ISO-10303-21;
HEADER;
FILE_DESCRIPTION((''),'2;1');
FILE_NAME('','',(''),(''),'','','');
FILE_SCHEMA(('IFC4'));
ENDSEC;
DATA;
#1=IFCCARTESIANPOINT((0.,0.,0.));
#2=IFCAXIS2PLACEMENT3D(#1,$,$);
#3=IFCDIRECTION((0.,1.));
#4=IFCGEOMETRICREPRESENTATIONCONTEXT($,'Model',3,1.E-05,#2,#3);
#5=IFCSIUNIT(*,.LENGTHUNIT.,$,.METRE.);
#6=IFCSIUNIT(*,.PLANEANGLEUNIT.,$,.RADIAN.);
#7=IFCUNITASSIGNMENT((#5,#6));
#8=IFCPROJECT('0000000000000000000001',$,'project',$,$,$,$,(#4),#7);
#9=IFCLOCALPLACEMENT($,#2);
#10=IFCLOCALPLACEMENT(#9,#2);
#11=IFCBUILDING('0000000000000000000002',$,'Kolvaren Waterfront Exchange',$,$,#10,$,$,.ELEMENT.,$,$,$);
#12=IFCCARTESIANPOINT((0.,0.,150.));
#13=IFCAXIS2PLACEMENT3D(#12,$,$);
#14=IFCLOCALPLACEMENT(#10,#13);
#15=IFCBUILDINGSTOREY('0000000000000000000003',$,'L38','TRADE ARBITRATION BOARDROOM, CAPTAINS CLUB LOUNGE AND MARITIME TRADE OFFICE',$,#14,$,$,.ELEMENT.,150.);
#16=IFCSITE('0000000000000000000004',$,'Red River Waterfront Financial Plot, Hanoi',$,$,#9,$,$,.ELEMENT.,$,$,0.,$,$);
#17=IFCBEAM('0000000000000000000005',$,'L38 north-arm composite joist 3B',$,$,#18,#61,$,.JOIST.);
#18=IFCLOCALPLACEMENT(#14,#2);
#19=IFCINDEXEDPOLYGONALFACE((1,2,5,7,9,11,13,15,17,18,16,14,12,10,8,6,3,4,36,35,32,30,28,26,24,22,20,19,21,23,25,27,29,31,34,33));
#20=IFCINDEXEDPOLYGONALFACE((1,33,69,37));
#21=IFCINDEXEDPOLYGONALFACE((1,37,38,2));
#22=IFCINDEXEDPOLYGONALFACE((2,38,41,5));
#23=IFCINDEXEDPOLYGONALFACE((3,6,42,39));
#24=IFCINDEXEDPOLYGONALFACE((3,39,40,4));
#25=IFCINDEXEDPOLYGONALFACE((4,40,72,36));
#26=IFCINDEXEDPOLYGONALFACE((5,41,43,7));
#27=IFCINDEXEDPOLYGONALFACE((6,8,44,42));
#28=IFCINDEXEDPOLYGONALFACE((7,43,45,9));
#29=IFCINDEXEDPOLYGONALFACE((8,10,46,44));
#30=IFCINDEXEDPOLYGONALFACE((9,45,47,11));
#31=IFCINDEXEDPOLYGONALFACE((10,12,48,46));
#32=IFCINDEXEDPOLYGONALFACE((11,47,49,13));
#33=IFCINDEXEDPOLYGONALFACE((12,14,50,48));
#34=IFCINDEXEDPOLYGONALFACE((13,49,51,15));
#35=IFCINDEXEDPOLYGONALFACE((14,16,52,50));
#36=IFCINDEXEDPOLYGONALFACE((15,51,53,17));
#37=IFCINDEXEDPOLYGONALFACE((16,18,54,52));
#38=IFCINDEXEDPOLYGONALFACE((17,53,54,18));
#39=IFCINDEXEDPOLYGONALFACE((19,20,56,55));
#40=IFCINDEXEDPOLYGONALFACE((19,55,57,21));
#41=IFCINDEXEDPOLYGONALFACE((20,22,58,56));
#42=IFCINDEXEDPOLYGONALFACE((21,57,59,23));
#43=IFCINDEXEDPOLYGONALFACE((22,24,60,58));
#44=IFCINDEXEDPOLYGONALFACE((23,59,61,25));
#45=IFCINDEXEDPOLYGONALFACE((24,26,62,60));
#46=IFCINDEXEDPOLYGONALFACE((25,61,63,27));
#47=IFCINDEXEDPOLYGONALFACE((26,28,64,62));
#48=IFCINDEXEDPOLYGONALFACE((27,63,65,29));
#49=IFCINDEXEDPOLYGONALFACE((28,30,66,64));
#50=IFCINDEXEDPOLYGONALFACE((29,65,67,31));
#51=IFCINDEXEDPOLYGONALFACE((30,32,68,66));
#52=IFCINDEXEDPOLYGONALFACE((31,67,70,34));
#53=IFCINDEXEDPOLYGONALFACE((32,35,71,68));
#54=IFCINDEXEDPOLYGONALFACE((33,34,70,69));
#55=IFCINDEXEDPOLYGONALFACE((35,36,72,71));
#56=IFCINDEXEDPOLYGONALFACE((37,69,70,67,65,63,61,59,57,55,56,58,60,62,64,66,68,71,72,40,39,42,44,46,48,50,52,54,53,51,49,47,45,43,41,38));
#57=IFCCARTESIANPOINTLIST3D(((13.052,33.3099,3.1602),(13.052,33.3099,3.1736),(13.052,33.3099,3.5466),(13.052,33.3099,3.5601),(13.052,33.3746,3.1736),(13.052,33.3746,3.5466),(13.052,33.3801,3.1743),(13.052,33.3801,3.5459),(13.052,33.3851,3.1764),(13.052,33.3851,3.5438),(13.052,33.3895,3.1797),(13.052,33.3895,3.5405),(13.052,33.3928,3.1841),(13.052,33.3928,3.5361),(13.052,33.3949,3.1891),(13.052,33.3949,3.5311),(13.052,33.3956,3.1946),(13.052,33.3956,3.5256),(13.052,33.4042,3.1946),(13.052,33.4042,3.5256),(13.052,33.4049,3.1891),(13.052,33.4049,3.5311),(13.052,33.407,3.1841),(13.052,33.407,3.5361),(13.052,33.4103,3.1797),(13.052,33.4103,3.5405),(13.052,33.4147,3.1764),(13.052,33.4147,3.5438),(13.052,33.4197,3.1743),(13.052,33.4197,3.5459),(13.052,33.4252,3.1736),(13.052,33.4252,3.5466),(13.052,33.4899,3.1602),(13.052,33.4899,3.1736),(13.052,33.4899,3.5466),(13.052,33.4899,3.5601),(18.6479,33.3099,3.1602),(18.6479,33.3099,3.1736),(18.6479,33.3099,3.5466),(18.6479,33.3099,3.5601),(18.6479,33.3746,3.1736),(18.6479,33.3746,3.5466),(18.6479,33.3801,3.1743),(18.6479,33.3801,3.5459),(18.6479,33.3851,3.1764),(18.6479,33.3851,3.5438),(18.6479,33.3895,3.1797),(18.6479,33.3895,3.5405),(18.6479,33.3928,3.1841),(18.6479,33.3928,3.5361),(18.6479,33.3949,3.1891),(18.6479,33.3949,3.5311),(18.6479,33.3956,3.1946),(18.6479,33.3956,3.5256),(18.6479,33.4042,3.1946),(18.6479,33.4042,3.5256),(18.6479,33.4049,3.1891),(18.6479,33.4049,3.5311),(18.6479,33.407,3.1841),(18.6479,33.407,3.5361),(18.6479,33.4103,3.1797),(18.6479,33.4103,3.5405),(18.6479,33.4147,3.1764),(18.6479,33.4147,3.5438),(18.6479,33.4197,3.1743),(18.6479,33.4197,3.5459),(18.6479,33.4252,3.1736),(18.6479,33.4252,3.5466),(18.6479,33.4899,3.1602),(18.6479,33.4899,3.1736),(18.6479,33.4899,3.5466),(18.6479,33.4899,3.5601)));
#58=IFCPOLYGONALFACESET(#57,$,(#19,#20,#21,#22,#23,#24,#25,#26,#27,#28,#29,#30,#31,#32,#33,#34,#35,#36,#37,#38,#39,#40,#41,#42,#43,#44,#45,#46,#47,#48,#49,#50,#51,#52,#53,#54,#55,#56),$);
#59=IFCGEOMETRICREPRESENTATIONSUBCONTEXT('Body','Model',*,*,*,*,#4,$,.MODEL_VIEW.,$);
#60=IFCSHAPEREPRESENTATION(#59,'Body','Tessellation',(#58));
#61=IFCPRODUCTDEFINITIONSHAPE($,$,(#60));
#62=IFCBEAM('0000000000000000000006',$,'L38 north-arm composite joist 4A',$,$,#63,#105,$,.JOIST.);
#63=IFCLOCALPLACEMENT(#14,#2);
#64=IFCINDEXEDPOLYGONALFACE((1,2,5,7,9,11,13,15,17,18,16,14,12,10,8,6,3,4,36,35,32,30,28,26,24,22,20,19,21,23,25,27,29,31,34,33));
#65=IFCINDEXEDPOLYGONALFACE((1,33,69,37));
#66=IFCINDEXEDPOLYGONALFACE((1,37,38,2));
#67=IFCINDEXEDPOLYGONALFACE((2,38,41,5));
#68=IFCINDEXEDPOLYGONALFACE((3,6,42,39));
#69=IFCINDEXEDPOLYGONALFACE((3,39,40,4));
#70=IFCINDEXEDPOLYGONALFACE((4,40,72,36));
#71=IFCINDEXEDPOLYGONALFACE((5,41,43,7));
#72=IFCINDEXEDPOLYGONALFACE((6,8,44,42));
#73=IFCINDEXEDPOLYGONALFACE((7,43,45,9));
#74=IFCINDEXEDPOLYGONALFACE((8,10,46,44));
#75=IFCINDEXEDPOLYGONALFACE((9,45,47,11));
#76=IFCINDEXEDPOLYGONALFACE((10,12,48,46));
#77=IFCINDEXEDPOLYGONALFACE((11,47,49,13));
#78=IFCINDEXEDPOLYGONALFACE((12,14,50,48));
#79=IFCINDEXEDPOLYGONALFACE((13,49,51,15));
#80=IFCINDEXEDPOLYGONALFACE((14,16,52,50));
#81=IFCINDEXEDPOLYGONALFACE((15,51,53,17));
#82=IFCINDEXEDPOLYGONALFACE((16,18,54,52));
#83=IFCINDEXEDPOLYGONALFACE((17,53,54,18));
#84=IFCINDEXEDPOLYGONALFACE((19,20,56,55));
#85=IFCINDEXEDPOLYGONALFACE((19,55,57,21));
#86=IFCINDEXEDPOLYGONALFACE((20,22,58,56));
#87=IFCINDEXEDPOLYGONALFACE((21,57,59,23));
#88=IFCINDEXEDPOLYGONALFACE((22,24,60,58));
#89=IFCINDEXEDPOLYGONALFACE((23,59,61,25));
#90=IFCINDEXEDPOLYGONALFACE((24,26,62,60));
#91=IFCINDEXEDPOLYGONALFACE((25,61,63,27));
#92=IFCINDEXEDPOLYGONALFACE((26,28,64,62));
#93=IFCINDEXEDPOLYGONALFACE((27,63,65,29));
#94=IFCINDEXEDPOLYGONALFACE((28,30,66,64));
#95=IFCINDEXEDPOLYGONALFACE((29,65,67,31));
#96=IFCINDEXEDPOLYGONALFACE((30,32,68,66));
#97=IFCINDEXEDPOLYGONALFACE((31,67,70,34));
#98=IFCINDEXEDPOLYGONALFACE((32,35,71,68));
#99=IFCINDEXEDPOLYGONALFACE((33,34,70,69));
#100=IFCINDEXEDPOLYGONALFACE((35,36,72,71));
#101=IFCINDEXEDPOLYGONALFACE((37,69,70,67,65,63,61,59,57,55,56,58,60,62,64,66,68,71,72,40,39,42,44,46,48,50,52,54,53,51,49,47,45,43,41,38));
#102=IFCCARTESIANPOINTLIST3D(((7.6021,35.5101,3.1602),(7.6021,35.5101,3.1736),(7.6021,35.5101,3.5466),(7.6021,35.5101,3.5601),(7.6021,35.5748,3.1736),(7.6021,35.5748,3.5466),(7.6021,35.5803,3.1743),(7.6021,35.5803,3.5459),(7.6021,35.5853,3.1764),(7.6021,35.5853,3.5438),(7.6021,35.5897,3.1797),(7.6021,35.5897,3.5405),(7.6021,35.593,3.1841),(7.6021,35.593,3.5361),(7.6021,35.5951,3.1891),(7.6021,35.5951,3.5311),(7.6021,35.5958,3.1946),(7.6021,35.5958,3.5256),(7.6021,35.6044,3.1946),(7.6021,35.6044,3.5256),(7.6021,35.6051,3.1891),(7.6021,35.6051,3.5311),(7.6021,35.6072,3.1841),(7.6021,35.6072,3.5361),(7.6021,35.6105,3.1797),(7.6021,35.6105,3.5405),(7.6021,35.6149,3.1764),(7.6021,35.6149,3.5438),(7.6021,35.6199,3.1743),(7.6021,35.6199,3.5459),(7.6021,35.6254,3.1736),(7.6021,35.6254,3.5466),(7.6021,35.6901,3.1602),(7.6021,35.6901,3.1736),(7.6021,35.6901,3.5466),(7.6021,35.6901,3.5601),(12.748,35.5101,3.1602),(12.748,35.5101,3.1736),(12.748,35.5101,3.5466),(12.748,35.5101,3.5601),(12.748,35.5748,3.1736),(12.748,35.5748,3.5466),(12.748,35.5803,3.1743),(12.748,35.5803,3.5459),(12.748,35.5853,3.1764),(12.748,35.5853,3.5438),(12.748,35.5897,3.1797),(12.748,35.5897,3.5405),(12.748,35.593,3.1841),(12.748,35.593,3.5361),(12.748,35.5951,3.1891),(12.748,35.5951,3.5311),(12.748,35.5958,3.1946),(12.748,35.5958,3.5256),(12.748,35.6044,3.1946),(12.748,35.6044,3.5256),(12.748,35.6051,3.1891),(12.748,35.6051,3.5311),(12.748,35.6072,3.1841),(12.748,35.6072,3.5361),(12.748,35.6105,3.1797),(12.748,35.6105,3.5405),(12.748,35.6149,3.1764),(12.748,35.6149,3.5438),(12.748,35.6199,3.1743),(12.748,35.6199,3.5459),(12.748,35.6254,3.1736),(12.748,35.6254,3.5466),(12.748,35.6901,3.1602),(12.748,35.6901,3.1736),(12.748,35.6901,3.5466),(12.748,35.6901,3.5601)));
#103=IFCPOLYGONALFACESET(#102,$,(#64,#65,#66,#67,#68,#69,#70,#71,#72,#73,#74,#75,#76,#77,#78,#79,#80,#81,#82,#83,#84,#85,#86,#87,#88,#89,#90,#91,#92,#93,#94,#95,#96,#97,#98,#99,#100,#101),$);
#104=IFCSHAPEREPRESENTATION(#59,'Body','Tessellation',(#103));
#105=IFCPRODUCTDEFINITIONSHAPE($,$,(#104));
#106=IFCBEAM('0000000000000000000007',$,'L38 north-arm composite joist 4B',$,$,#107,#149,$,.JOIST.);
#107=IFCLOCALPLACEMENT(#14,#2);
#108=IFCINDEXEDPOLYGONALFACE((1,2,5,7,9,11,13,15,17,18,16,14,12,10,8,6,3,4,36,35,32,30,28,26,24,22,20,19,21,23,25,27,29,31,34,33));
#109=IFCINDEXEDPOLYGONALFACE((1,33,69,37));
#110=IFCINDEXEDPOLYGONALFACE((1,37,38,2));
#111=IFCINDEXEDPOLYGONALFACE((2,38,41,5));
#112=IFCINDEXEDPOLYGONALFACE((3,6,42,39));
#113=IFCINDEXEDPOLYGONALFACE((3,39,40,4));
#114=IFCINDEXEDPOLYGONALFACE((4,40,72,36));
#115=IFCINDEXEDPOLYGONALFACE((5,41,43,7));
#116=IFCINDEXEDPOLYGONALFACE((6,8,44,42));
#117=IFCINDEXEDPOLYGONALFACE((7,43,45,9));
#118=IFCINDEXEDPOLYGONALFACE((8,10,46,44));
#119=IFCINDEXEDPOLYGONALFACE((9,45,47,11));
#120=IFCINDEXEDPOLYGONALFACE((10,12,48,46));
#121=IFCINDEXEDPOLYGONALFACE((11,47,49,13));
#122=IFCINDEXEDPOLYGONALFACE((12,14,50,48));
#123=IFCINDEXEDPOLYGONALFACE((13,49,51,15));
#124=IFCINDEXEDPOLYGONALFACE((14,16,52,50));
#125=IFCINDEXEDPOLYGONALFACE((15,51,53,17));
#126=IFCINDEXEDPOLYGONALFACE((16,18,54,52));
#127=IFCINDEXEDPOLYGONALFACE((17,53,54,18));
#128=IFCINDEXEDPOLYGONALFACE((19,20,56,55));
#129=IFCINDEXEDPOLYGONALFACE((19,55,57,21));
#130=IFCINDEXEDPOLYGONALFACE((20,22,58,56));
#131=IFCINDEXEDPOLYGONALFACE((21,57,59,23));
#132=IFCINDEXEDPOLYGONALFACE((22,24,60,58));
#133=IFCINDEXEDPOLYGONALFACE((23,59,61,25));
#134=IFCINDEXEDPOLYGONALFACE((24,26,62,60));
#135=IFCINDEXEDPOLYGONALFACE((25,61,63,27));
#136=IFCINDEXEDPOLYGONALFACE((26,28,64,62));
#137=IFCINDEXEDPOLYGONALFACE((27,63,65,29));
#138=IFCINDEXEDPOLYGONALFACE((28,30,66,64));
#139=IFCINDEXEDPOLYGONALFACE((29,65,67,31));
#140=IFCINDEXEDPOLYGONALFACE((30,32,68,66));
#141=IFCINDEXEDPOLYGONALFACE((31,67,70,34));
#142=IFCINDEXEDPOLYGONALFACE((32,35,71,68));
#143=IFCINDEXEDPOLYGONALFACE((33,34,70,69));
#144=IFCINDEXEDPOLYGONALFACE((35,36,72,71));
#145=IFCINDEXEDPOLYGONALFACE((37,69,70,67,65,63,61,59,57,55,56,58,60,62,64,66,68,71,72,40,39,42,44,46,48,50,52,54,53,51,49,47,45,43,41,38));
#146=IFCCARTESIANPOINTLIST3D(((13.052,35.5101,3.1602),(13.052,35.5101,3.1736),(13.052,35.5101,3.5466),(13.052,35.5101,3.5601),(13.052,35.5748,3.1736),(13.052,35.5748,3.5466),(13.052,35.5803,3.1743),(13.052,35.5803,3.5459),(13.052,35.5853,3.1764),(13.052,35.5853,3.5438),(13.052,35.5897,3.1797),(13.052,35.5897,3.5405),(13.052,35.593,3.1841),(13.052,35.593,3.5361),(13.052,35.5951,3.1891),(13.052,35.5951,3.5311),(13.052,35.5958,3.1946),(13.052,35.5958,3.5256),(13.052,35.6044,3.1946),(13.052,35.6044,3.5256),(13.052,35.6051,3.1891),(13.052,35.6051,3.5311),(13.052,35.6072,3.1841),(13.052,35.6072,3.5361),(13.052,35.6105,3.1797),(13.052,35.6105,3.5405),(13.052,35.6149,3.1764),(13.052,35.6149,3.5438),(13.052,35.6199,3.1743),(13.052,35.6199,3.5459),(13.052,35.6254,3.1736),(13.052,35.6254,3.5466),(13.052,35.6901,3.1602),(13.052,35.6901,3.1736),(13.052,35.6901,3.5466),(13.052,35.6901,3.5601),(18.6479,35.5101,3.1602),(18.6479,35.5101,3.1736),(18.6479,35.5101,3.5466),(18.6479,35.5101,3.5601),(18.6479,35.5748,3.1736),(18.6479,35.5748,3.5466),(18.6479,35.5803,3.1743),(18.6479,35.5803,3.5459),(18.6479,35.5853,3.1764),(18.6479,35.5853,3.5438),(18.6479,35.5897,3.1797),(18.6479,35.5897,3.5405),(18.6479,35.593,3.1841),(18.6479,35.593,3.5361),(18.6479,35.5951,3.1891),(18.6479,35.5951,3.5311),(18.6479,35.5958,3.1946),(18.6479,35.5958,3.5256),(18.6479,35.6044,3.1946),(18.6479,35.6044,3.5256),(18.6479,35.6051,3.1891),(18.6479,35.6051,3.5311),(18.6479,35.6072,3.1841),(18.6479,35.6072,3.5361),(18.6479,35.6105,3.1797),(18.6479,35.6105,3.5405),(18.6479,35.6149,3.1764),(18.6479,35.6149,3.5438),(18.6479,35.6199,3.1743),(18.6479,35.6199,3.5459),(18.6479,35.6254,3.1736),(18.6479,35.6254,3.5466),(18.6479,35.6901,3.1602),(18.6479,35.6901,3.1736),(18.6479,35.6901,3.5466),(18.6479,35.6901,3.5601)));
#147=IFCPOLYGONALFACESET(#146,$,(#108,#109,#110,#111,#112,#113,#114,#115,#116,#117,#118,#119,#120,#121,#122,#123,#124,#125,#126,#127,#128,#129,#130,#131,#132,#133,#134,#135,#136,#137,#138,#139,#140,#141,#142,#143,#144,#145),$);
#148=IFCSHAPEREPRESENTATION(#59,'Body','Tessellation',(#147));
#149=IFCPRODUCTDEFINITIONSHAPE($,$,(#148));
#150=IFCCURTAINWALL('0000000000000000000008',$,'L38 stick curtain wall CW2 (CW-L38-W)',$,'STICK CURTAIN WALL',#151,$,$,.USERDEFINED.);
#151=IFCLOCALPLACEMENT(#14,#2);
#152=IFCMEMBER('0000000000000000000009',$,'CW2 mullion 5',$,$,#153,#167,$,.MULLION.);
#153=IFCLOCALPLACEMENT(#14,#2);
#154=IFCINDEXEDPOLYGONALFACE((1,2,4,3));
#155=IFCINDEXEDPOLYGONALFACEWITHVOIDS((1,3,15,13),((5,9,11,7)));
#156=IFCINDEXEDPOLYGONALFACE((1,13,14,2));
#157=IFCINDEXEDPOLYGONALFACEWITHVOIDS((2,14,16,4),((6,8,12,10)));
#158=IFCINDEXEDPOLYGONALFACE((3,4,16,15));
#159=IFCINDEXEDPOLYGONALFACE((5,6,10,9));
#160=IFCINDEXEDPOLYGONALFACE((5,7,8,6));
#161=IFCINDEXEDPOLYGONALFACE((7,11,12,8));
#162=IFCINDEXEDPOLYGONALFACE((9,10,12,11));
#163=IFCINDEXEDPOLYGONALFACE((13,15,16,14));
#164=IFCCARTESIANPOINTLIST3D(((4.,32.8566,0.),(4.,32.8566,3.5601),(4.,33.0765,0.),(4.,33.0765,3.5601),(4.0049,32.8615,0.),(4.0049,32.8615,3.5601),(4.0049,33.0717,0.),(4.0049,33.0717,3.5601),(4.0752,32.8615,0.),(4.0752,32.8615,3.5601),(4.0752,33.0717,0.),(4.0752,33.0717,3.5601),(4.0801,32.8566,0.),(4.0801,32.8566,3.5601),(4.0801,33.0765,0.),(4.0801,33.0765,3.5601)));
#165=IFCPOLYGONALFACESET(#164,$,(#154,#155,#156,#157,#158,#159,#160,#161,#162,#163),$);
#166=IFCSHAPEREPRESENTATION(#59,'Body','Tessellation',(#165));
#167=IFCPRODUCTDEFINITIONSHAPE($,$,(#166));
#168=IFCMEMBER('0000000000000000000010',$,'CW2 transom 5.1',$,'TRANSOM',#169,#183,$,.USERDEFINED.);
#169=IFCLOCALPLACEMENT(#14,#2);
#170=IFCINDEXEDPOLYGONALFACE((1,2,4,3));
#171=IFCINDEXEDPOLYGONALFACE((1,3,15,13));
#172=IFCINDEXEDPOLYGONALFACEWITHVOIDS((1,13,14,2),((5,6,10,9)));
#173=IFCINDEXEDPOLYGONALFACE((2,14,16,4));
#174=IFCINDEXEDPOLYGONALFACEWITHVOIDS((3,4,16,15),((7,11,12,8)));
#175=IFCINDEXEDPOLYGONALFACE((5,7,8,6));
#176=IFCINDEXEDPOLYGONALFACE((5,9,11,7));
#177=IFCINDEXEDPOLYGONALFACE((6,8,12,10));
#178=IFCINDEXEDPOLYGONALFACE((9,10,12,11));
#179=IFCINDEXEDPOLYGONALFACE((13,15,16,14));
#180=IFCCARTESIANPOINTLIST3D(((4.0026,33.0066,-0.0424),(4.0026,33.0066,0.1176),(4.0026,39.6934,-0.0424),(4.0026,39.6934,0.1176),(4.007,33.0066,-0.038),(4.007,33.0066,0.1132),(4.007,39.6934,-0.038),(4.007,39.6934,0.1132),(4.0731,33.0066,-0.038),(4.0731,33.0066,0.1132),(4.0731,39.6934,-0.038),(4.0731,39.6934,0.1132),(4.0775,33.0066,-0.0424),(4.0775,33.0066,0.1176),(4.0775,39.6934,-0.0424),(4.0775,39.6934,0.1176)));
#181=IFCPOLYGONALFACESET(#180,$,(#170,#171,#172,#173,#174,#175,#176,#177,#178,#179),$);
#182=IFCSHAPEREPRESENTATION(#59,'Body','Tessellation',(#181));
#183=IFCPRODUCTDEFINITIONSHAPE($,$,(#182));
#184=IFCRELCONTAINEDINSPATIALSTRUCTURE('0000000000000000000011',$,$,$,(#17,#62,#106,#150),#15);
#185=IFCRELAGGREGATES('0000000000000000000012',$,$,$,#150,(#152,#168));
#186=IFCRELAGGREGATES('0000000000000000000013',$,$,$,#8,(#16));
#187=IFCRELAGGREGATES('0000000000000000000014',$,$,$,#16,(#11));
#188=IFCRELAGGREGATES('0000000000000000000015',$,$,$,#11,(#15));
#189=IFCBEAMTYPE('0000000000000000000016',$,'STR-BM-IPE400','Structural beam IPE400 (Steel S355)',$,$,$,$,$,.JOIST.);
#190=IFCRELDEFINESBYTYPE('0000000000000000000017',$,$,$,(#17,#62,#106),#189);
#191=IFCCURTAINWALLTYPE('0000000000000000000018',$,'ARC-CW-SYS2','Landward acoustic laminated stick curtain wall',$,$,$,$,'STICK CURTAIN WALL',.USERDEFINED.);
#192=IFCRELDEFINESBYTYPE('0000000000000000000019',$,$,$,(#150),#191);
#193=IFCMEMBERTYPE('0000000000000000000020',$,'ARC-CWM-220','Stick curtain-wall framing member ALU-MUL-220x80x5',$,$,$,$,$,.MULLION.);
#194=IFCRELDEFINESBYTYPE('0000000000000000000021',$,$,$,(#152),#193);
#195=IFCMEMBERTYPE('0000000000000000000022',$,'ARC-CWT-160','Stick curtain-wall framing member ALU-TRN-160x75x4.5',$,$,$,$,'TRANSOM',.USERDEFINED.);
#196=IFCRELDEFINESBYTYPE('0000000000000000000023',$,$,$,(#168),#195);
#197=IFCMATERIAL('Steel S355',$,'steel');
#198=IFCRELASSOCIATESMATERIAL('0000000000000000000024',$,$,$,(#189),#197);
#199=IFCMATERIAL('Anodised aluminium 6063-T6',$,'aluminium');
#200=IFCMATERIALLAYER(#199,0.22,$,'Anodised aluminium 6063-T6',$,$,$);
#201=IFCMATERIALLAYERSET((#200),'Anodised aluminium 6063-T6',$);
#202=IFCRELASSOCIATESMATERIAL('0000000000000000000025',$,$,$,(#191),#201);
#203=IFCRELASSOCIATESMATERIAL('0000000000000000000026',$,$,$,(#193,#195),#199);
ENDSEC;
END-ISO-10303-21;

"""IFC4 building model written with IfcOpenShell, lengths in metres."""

from ifc_helpers import new_model, si_unit, direction, frame, origin, origin_with_axes, origin_2d, place, context, subcontext, project, spatial, hollow_rectangle, i_section, extrude, source, transform, mapped, material, layer, layer_set, material_profile, profile_set, type_object, element, aggregate, save


model = new_model("IFC4")

# Units and contexts
model_context = context("Model", 3, precision=1e-05, world=origin(), true_north=direction((0.0, 1.0)))
body_context = subcontext(model_context, "Body", "Model", "MODEL_VIEW")
ifc_project = project(units=[si_unit("LENGTHUNIT", "METRE"), si_unit("PLANEANGLEUNIT", "RADIAN")], contexts=[model_context])

# Site, building, storey
site_placement = place(None, origin())
site = spatial("IfcSite", under=ifc_project, at=site_placement, Name="Red River Waterfront Financial Plot, Hanoi", CompositionType="ELEMENT", RefElevation=0.0)
building_placement = place(site_placement, origin())
building = spatial("IfcBuilding", under=site, at=building_placement, Name="Kolvaren Waterfront Exchange", CompositionType="ELEMENT")
storey_placement = place(building_placement, frame((0.0, 0.0, 150.0)))
storey = spatial("IfcBuildingStorey", under=building, at=storey_placement, Name="L38", Description="TRADE ARBITRATION BOARDROOM, CAPTAINS CLUB LOUNGE AND MARITIME TRADE OFFICE", CompositionType="ELEMENT", Elevation=150.0)

# Beams
ifc_material_1 = material(Name="Steel S355", Category="steel")
ifc_material_profile_1 = material_profile(ifc_material_1, i_section(OverallWidth=0.1799, OverallDepth=0.3999, WebThickness=0.0085, FlangeThickness=0.0134, FilletRadius=0.021, at=origin_2d()), Name="IPE400")
ifc_profile_set_1 = profile_set([ifc_material_profile_1], Name="Steel S355")
beam_type_1 = type_object("IfcBeamType", Name="STR-BM-IPE400", Description="Structural beam IPE400 (Steel S355)", PredefinedType="JOIST", material=ifc_profile_set_1)
beam_1_placement = place(storey_placement, frame((13.052, 33.3999, 3.3601), z_axis=(1.0, 0.0, 0.0), x_axis=(0.0, 1.0, 0.0)))
element("IfcBeam", 1, at=beam_1_placement, inside=storey, type_object=beam_type_1, Name="L38 north-arm composite joist 3B", PredefinedType="JOIST", context=body_context, shape_type="SweptSolid", body=[
    extrude(i_section(OverallWidth=0.1799, OverallDepth=0.3999, WebThickness=0.0085, FlangeThickness=0.0134, FilletRadius=0.021, at=origin_2d()), origin(), (0.0, 0.0, 1.0), 5.5959),
])
beam_2_placement = place(storey_placement, frame((7.6021, 35.6001, 3.3601), z_axis=(1.0, 0.0, 0.0), x_axis=(0.0, 1.0, 0.0)))
element("IfcBeam", 2, at=beam_2_placement, inside=storey, type_object=beam_type_1, Name="L38 north-arm composite joist 4A", PredefinedType="JOIST", context=body_context, shape_type="SweptSolid", body=[
    extrude(i_section(OverallWidth=0.1799, OverallDepth=0.3999, WebThickness=0.0085, FlangeThickness=0.0134, FilletRadius=0.021, at=origin_2d()), origin(), (0.0, 0.0, 1.0), 5.146),
])
beam_3_placement = place(storey_placement, frame((13.052, 35.6001, 3.3601), z_axis=(1.0, 0.0, 0.0), x_axis=(0.0, 1.0, 0.0)))
element("IfcBeam", 3, at=beam_3_placement, inside=storey, type_object=beam_type_1, Name="L38 north-arm composite joist 4B", PredefinedType="JOIST", context=body_context, shape_type="SweptSolid", body=[
    extrude(i_section(OverallWidth=0.1799, OverallDepth=0.3999, WebThickness=0.0085, FlangeThickness=0.0134, FilletRadius=0.021, at=origin_2d()), origin(), (0.0, 0.0, 1.0), 5.5959),
])

# Curtain wall, members
ifc_material_2 = material(Name="Anodised aluminium 6063-T6", Category="aluminium")
ifc_layer_1 = layer(ifc_material_2, 0.22, Name="Anodised aluminium 6063-T6")
ifc_layer_set_1 = layer_set([ifc_layer_1], Name="Anodised aluminium 6063-T6")
curtain_wall_type = type_object("IfcCurtainWallType", Name="ARC-CW-SYS2", Description="Landward acoustic laminated stick curtain wall", ElementType="STICK CURTAIN WALL", PredefinedType="USERDEFINED", material=ifc_layer_set_1)
curtain_wall_placement = place(storey_placement, origin())
curtain_wall = element("IfcCurtainWall", 4, at=curtain_wall_placement, inside=storey, type_object=curtain_wall_type, Name="L38 stick curtain wall CW2 (CW-L38-W)", ObjectType="STICK CURTAIN WALL", PredefinedType="USERDEFINED")
ifc_material_profile_2 = material_profile(ifc_material_2, hollow_rectangle(XDim=0.0801, YDim=0.22, WallThickness=0.0049, at=origin_2d()), Name="ALU-MUL-220x80x5")
ifc_profile_set_2 = profile_set([ifc_material_profile_2], Name="Anodised aluminium 6063-T6")
member_type_1 = type_object("IfcMemberType", Name="ARC-CWM-220", Description="Stick curtain-wall framing member ALU-MUL-220x80x5", PredefinedType="MULLION", material=ifc_profile_set_2)
shared_shape_1 = source(origin_with_axes(), body_context, "Body", "SweptSolid", [
    extrude(hollow_rectangle(XDim=0.0801, YDim=0.22, WallThickness=0.0049, at=origin_2d()), origin(), (0.0, 0.0, 1.0), 3.5601),
])
member_1_placement = place(storey_placement, frame((4.04, 32.9666, 0.0), z_axis=(0.0, 0.0, 1.0), x_axis=(-1.0, 0.0, 0.0)))
member_1 = element("IfcMember", 5, at=member_1_placement, type_object=member_type_1, Name="CW2 mullion 5", PredefinedType="MULLION", context=body_context, shape_type="MappedRepresentation", body=[
    mapped(shared_shape_1, transform((0.0, 0.0, 0.0), x_axis=(1.0, 0.0, 0.0), y_axis=(0.0, 1.0, 0.0), z_axis=(0.0, 0.0, 1.0), scale=1.0)),
])
ifc_material_profile_3 = material_profile(ifc_material_2, hollow_rectangle(XDim=0.075, YDim=0.1599, WallThickness=0.0044, at=origin_2d()), Name="ALU-TRN-160x75x4.5")
ifc_profile_set_3 = profile_set([ifc_material_profile_3], Name="Anodised aluminium 6063-T6")
member_type_2 = type_object("IfcMemberType", Name="ARC-CWT-160", Description="Stick curtain-wall framing member ALU-TRN-160x75x4.5", ElementType="TRANSOM", PredefinedType="USERDEFINED", material=ifc_profile_set_3)
shared_shape_2 = source(origin_with_axes(), body_context, "Body", "SweptSolid", [
    extrude(hollow_rectangle(XDim=0.075, YDim=0.1599, WallThickness=0.0044, at=origin_2d()), origin(), (0.0, 0.0, 1.0), 6.6868),
])
member_2_placement = place(storey_placement, frame((4.04, 33.0066, 0.0376), z_axis=(0.0, 1.0, 0.0), x_axis=(-1.0, 0.0, 0.0)))
member_2 = element("IfcMember", 6, at=member_2_placement, type_object=member_type_2, Name="CW2 transom 5.1", ObjectType="TRANSOM", PredefinedType="USERDEFINED", context=body_context, shape_type="MappedRepresentation", body=[
    mapped(shared_shape_2, transform((0.0, 0.0, 0.0), x_axis=(1.0, 0.0, 0.0), y_axis=(0.0, 1.0, 0.0), z_axis=(0.0, 0.0, 1.0), scale=1.0)),
])
aggregate(curtain_wall, [member_1, member_2])

save(model, "model.ifc")
